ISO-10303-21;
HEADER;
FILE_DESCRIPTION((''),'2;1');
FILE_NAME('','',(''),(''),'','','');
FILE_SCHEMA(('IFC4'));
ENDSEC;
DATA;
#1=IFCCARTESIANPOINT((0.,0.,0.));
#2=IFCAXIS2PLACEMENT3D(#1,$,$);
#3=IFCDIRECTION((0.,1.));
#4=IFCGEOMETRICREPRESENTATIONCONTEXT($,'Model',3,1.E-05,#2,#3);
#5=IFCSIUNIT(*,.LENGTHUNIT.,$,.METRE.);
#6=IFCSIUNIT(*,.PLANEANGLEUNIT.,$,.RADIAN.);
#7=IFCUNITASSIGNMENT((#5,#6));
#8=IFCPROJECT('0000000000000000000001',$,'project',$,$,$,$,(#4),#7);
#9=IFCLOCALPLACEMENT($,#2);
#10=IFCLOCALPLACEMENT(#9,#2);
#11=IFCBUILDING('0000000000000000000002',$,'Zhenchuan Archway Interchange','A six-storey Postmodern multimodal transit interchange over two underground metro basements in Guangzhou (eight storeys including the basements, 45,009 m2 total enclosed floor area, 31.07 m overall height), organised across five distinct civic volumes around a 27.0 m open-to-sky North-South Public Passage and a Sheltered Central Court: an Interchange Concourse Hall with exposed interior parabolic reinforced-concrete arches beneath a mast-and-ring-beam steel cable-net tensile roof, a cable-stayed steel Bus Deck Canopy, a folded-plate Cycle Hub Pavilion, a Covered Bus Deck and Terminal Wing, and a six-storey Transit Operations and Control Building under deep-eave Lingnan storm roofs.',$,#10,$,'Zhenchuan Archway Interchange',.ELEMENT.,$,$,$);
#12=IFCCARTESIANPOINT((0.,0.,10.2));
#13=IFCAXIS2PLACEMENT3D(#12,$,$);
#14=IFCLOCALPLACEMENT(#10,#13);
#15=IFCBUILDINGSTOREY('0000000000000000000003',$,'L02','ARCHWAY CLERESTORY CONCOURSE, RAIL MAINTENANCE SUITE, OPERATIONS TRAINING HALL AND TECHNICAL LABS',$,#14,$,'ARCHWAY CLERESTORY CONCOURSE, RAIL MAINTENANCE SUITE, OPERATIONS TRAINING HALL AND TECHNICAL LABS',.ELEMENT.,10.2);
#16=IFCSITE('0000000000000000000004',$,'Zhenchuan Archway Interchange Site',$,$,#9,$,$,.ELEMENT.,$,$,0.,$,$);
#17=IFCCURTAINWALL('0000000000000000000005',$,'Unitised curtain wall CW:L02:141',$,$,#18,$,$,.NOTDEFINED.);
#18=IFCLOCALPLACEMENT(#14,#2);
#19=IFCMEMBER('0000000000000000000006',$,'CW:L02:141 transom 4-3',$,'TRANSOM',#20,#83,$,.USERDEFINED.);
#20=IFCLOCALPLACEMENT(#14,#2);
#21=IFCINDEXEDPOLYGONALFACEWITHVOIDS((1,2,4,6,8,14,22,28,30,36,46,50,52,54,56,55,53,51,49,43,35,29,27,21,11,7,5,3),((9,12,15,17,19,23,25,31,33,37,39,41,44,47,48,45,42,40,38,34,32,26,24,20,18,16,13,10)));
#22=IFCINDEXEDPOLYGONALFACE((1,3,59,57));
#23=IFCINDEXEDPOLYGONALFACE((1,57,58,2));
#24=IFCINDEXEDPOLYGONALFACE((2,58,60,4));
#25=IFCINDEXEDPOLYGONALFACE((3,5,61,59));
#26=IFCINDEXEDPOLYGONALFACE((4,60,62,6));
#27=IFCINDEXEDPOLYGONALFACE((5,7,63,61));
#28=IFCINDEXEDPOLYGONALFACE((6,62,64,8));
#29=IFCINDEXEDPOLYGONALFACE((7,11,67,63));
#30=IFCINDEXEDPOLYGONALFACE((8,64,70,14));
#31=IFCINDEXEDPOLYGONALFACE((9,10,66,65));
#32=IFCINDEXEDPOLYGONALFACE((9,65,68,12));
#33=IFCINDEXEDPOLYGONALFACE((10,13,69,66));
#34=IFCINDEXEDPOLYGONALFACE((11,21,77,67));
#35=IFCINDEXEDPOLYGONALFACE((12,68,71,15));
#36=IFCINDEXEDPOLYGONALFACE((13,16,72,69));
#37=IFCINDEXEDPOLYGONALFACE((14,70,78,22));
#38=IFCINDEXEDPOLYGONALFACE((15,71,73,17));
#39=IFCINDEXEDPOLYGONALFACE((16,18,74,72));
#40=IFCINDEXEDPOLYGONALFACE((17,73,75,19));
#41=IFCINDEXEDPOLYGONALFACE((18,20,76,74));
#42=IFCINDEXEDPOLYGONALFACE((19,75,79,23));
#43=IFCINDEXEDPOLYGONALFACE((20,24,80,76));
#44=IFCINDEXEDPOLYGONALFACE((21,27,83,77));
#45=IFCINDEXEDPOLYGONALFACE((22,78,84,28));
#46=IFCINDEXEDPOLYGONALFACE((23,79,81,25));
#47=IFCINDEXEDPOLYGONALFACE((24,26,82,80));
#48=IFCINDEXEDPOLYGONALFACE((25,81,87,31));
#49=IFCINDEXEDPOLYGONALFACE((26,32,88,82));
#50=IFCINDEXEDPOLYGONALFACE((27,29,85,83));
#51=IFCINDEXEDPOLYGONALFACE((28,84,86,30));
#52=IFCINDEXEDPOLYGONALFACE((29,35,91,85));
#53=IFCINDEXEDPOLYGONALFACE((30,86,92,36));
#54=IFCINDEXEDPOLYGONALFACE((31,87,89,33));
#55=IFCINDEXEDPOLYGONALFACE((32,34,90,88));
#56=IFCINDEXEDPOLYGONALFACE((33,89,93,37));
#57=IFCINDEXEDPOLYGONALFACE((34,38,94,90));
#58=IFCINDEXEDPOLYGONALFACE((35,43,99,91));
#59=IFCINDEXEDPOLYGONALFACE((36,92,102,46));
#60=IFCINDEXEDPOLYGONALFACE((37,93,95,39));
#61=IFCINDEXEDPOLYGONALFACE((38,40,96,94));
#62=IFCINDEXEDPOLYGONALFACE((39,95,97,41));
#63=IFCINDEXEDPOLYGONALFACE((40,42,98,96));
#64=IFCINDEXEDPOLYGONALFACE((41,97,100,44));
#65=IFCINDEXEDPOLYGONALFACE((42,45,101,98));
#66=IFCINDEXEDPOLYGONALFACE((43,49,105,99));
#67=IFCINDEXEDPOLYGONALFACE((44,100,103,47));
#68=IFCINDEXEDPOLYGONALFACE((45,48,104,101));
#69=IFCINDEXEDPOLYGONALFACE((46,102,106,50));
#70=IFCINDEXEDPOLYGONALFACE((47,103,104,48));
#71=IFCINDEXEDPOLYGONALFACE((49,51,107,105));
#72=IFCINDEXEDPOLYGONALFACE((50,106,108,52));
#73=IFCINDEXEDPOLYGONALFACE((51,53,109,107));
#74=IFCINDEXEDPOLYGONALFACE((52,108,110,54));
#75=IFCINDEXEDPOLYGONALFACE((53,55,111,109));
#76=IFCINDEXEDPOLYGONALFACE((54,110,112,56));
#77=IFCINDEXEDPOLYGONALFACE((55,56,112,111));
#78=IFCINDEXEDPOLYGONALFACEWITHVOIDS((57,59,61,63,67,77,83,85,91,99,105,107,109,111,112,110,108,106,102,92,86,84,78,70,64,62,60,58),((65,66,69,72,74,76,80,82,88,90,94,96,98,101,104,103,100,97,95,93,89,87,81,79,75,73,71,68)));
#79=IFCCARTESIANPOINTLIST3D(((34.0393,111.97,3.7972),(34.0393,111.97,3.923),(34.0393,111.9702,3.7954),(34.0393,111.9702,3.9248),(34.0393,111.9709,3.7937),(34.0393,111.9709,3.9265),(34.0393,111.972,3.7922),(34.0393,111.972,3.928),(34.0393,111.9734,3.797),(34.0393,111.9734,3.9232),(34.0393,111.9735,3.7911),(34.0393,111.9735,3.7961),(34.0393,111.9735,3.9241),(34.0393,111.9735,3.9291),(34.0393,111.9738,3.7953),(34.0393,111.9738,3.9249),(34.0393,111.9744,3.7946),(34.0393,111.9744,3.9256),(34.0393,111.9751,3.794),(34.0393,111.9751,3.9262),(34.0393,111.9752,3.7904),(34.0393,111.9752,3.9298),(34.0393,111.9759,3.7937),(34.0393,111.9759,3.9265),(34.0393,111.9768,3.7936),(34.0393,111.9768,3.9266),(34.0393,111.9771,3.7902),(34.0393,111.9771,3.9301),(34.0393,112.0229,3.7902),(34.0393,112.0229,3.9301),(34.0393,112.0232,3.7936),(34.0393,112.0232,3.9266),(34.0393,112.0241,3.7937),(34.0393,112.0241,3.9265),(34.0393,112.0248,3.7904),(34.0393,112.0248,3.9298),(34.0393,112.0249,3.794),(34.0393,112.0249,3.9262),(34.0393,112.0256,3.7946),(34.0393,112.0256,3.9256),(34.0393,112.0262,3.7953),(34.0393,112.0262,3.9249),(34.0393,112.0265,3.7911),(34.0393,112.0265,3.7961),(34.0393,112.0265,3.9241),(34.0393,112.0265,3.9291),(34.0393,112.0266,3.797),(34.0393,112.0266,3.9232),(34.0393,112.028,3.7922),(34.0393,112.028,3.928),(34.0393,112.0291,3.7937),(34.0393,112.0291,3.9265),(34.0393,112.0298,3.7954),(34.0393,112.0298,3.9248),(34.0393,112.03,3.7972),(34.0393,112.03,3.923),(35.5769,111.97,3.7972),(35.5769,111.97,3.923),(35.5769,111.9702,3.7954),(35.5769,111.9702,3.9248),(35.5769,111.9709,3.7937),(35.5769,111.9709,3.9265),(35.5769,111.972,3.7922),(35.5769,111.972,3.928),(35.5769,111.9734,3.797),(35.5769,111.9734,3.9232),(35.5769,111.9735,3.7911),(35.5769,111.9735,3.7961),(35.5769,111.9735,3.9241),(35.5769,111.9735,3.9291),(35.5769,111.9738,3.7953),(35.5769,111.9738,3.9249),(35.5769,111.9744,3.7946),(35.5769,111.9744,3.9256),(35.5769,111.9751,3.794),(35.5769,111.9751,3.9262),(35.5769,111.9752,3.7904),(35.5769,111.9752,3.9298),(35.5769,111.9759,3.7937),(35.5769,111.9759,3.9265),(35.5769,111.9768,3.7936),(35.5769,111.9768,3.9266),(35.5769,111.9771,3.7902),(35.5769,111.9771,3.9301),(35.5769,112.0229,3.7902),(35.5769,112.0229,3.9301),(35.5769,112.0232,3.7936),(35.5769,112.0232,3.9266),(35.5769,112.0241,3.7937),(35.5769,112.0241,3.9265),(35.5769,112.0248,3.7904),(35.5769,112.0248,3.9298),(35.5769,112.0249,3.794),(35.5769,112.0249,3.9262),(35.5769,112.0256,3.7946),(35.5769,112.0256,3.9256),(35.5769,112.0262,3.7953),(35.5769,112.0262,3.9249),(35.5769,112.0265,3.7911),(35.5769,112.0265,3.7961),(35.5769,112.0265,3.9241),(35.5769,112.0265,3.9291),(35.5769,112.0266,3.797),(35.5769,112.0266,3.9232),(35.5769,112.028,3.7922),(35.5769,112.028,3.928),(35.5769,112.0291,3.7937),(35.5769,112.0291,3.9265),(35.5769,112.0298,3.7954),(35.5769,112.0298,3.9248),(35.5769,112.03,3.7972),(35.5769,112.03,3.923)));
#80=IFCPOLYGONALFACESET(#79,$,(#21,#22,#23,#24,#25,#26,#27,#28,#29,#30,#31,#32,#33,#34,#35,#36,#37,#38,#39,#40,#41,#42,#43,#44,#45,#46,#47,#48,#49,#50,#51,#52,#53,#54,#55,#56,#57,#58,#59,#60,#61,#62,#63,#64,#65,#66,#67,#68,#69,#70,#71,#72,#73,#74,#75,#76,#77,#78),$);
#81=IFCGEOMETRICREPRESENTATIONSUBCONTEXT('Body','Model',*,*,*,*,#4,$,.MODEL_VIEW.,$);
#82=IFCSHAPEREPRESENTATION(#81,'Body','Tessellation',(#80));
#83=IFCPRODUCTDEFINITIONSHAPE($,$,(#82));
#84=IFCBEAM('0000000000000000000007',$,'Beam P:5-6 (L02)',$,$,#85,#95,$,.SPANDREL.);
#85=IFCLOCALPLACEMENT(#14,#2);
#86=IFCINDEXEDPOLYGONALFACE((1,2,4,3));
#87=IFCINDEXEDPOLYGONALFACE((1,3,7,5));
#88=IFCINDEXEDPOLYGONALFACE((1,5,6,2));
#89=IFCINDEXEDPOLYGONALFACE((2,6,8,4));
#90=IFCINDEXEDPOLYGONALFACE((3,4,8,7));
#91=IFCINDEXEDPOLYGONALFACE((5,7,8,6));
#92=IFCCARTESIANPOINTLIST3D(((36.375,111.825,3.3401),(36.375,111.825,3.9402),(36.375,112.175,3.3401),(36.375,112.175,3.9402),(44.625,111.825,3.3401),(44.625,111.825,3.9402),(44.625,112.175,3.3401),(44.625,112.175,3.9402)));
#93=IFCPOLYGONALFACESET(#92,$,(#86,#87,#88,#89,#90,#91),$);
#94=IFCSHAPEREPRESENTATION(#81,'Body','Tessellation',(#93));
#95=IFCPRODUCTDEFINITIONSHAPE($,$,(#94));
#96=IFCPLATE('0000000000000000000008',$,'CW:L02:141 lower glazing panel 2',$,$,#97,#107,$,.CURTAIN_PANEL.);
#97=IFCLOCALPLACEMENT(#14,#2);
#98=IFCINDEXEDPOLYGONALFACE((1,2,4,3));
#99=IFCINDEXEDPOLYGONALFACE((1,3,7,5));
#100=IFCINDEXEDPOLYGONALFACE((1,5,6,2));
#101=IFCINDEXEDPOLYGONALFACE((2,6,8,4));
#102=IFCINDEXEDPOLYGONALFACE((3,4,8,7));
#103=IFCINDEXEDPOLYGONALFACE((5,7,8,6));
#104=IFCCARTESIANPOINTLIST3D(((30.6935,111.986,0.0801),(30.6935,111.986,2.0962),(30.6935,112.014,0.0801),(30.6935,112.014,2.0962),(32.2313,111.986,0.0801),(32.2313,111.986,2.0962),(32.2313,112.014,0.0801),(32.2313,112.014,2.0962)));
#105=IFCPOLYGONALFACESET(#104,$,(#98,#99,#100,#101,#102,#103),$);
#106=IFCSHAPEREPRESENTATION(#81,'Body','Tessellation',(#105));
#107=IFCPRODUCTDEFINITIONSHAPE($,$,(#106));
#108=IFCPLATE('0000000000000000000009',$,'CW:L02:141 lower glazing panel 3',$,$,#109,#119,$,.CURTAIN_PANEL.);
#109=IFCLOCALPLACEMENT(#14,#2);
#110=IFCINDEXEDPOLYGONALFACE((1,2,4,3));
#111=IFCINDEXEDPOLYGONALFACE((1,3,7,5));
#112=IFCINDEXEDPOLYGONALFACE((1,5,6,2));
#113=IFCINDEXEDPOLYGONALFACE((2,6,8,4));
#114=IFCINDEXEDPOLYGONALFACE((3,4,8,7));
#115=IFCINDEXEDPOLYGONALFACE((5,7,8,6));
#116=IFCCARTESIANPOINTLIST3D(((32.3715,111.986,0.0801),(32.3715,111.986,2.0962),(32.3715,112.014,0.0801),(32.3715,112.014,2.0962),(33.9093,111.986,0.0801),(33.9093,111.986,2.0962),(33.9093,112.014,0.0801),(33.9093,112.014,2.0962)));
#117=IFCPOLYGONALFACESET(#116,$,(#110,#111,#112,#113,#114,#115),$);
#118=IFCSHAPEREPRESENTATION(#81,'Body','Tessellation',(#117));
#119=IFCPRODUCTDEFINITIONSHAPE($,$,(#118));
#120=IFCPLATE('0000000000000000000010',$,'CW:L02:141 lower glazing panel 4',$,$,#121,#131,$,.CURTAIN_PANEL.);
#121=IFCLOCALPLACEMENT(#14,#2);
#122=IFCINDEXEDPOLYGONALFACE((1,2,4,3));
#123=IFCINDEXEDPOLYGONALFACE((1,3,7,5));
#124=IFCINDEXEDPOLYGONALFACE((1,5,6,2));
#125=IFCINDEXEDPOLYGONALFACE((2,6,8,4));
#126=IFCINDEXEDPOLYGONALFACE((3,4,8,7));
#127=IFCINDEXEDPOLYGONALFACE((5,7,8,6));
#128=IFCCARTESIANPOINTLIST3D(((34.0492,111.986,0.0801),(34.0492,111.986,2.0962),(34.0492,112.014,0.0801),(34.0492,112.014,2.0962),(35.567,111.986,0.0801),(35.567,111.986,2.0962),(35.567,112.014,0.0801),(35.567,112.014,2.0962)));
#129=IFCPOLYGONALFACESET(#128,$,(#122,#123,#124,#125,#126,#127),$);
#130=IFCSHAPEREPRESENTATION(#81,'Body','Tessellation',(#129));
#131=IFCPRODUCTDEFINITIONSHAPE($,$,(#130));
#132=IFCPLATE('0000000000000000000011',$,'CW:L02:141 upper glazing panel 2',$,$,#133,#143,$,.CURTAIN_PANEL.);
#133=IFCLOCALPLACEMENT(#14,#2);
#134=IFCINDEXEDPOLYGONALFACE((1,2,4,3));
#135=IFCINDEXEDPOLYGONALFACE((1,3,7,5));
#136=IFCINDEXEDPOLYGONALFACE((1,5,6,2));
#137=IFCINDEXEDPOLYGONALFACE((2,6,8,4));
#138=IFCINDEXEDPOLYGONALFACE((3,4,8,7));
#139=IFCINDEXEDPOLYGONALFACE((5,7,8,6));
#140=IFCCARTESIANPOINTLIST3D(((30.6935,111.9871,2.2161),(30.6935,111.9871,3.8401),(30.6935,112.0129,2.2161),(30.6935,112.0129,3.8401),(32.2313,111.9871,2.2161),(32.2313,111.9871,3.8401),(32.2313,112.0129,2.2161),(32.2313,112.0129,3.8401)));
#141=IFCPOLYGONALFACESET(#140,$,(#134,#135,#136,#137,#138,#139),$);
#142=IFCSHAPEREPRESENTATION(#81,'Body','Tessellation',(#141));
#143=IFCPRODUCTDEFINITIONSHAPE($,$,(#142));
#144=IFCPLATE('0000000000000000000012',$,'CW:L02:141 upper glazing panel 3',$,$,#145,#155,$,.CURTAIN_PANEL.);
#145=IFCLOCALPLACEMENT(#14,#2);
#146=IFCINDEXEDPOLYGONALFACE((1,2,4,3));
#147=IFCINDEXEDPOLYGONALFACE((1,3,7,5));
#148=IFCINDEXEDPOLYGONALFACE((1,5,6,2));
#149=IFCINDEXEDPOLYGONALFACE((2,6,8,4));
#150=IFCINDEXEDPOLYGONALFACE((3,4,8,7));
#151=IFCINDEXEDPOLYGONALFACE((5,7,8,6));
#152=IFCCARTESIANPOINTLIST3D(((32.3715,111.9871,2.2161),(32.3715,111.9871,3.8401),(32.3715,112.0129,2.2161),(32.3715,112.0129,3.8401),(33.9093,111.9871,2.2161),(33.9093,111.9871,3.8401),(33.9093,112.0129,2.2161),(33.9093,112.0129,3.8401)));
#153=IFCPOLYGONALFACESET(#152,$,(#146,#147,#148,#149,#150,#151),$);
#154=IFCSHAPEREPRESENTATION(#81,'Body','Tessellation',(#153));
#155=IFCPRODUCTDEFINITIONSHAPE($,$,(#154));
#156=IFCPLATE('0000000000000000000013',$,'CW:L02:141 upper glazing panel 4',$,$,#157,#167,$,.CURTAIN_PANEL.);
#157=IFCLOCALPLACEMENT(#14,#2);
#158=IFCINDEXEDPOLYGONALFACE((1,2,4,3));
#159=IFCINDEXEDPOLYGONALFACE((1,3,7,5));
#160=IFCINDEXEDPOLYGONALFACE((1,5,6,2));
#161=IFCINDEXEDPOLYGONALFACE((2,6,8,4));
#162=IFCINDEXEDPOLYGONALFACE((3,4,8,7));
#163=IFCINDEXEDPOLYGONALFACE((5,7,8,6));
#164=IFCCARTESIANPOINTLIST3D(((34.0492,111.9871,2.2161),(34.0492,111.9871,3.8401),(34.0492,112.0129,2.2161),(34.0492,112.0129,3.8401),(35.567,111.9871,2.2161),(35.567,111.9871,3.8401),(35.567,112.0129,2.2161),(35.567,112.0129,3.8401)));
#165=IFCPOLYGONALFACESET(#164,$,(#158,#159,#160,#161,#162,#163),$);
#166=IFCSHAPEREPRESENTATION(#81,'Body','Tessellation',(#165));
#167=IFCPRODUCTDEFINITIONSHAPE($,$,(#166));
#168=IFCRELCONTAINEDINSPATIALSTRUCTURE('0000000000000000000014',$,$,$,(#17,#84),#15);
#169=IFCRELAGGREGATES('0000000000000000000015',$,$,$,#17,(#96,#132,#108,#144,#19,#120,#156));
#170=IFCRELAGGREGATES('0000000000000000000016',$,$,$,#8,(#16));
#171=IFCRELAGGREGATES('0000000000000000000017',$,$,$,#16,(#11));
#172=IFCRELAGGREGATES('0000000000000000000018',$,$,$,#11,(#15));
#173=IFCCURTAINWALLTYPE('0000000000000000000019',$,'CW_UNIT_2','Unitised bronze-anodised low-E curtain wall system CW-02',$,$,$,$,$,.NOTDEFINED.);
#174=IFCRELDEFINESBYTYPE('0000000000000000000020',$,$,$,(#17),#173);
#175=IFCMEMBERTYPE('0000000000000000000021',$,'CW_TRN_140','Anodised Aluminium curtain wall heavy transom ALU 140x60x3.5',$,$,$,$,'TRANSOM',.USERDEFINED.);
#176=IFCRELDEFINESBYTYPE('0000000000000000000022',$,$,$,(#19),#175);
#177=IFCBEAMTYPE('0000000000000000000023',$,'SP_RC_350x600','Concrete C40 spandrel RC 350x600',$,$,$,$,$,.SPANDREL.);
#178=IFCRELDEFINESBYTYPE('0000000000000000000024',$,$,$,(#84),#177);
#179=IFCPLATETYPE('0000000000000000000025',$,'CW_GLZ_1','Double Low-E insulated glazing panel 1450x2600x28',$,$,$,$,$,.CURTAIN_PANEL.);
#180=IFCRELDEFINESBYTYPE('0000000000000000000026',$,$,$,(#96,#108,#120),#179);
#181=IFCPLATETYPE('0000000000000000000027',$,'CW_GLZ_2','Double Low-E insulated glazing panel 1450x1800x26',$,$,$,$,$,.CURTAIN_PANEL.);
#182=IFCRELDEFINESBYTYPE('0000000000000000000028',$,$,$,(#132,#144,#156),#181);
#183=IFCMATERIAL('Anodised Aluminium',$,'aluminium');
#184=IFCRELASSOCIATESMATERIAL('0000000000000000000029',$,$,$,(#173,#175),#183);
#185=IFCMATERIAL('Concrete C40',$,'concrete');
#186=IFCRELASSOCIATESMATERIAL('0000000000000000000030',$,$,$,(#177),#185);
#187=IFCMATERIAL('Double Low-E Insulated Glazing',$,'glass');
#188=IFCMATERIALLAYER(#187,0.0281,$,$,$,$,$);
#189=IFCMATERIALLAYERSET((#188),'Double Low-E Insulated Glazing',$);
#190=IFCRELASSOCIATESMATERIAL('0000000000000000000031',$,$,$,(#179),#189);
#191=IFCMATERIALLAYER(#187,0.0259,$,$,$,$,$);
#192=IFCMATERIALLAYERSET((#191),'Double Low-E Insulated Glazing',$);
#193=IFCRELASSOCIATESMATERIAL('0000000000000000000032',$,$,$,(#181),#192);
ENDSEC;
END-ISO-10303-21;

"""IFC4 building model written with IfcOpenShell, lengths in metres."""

from ifc_helpers import new_model, si_unit, direction, frame, origin, origin_2d, place, context, subcontext, project, spatial, rectangle, hollow_rectangle, extrude, material, layer, layer_set, material_profile, profile_set, type_object, element, aggregate, save


model = new_model("IFC4")

# Units and contexts
model_context = context("Model", 3, precision=1e-05, world=origin(), true_north=direction((0.0, 1.0)))
body_context = subcontext(model_context, "Body", "Model", "MODEL_VIEW")
ifc_project = project(units=[si_unit("LENGTHUNIT", "METRE"), si_unit("PLANEANGLEUNIT", "RADIAN")], contexts=[model_context])

# Site, building, storey
site_placement = place(None, origin())
site = spatial("IfcSite", under=ifc_project, at=site_placement, Name="Zhenchuan Archway Interchange Site", CompositionType="ELEMENT", RefElevation=0.0)
building_placement = place(site_placement, origin())
building = spatial("IfcBuilding", under=site, at=building_placement, Name="Zhenchuan Archway Interchange", Description="A six-storey Postmodern multimodal transit interchange over two underground metro basements in Guangzhou (eight storeys including the basements, 45,009 m2 total enclosed floor area, 31.07 m overall height), organised across five distinct civic volumes around a 27.0 m open-to-sky North-South Public Passage and a Sheltered Central Court: an Interchange Concourse Hall with exposed interior parabolic reinforced-concrete arches beneath a mast-and-ring-beam steel cable-net tensile roof, a cable-stayed steel Bus Deck Canopy, a folded-plate Cycle Hub Pavilion, a Covered Bus Deck and Terminal Wing, and a six-storey Transit Operations and Control Building under deep-eave Lingnan storm roofs.", LongName="Zhenchuan Archway Interchange", CompositionType="ELEMENT")
storey_placement = place(building_placement, frame((0.0, 0.0, 10.2)))
storey = spatial("IfcBuildingStorey", under=building, at=storey_placement, Name="L02", Description="ARCHWAY CLERESTORY CONCOURSE, RAIL MAINTENANCE SUITE, OPERATIONS TRAINING HALL AND TECHNICAL LABS", LongName="ARCHWAY CLERESTORY CONCOURSE, RAIL MAINTENANCE SUITE, OPERATIONS TRAINING HALL AND TECHNICAL LABS", CompositionType="ELEMENT", Elevation=10.2)

# Shared definitions
ifc_material_1 = material(Name="Concrete C40", Category="concrete")

# Curtain wall, member
ifc_material_2 = material(Name="Anodised Aluminium", Category="aluminium")
curtain_wall_type = type_object("IfcCurtainWallType", Name="CW_UNIT_2", Description="Unitised bronze-anodised low-E curtain wall system CW-02", PredefinedType="NOTDEFINED", material=ifc_material_2)
curtain_wall_placement = place(storey_placement, origin())
curtain_wall = element("IfcCurtainWall", 1, at=curtain_wall_placement, inside=storey, type_object=curtain_wall_type, Name="Unitised curtain wall CW:L02:141", PredefinedType="NOTDEFINED")
ifc_material_profile_1 = material_profile(ifc_material_2, hollow_rectangle(XDim=0.0601, YDim=0.1399, WallThickness=0.0034, InnerFilletRadius=0.0034, OuterFilletRadius=0.0071, at=origin_2d()), Name="ALU 140x60x3.5")
ifc_profile_set_1 = profile_set([ifc_material_profile_1], Name="Anodised Aluminium")
member_type_1 = type_object("IfcMemberType", Name="CW_TRN_140", Description="Anodised Aluminium curtain wall heavy transom ALU 140x60x3.5", ElementType="TRANSOM", PredefinedType="USERDEFINED", material=ifc_profile_set_1)
member_1_placement = place(storey_placement, frame((34.0393, 112.0, 3.8601), z_axis=(1.0, 0.0, 0.0), x_axis=(0.0, 1.0, 0.0)))
member_1 = element("IfcMember", 2, at=member_1_placement, type_object=member_type_1, Name="CW:L02:141 transom 4-3", ObjectType="TRANSOM", PredefinedType="USERDEFINED", context=body_context, shape_type="SweptSolid", body=[
    extrude(hollow_rectangle(XDim=0.0601, YDim=0.1399, WallThickness=0.0034, InnerFilletRadius=0.0034, OuterFilletRadius=0.0071, at=origin_2d()), origin(), (0.0, 0.0, 1.0), 1.5376),
])

# Beam
ifc_material_profile_2 = material_profile(ifc_material_1, rectangle(XDim=0.3501, YDim=0.6001, at=origin_2d()), Name="RC 350x600")
ifc_profile_set_2 = profile_set([ifc_material_profile_2], Name="Concrete C40")
beam_type = type_object("IfcBeamType", Name="SP_RC_350x600", Description="Concrete C40 spandrel RC 350x600", PredefinedType="SPANDREL", material=ifc_profile_set_2)
beam_placement = place(storey_placement, frame((36.375, 112.0, 3.6401), z_axis=(1.0, 0.0, 0.0), x_axis=(0.0, 1.0, 0.0)))
element("IfcBeam", 3, at=beam_placement, inside=storey, type_object=beam_type, Name="Beam P:5-6 (L02)", PredefinedType="SPANDREL", context=body_context, shape_type="SweptSolid", body=[
    extrude(rectangle(XDim=0.3501, YDim=0.6001, at=origin_2d()), origin(), (0.0, 0.0, 1.0), 8.25),
])

# Plates
ifc_material_3 = material(Name="Double Low-E Insulated Glazing", Category="glass")
ifc_layer_1 = layer(ifc_material_3, 0.0281)
ifc_layer_set_1 = layer_set([ifc_layer_1], Name="Double Low-E Insulated Glazing")
plate_type_1 = type_object("IfcPlateType", Name="CW_GLZ_1", Description="Double Low-E insulated glazing panel 1450x2600x28", PredefinedType="CURTAIN_PANEL", material=ifc_layer_set_1)
plate_1_placement = place(storey_placement, frame((31.4624, 112.0, 0.0801), z_axis=(0.0, 0.0, 1.0), x_axis=(1.0, 0.0, 0.0)))
plate_1 = element("IfcPlate", 4, at=plate_1_placement, type_object=plate_type_1, Name="CW:L02:141 lower glazing panel 2", PredefinedType="CURTAIN_PANEL", context=body_context, shape_type="SweptSolid", body=[
    extrude(rectangle(XDim=1.5378, YDim=0.0281, at=origin_2d()), origin(), (0.0, 0.0, 1.0), 2.0161),
])
plate_2_placement = place(storey_placement, frame((33.1404, 112.0, 0.0801), z_axis=(0.0, 0.0, 1.0), x_axis=(1.0, 0.0, 0.0)))
plate_2 = element("IfcPlate", 5, at=plate_2_placement, type_object=plate_type_1, Name="CW:L02:141 lower glazing panel 3", PredefinedType="CURTAIN_PANEL", context=body_context, shape_type="SweptSolid", body=[
    extrude(rectangle(XDim=1.5378, YDim=0.0281, at=origin_2d()), origin(), (0.0, 0.0, 1.0), 2.0161),
])
plate_3_placement = place(storey_placement, frame((34.8081, 112.0, 0.0801), z_axis=(0.0, 0.0, 1.0), x_axis=(1.0, 0.0, 0.0)))
plate_3 = element("IfcPlate", 6, at=plate_3_placement, type_object=plate_type_1, Name="CW:L02:141 lower glazing panel 4", PredefinedType="CURTAIN_PANEL", context=body_context, shape_type="SweptSolid", body=[
    extrude(rectangle(XDim=1.5178, YDim=0.0281, at=origin_2d()), origin(), (0.0, 0.0, 1.0), 2.0161),
])
ifc_layer_2 = layer(ifc_material_3, 0.0259)
ifc_layer_set_2 = layer_set([ifc_layer_2], Name="Double Low-E Insulated Glazing")
plate_type_2 = type_object("IfcPlateType", Name="CW_GLZ_2", Description="Double Low-E insulated glazing panel 1450x1800x26", PredefinedType="CURTAIN_PANEL", material=ifc_layer_set_2)
plate_4_placement = place(storey_placement, frame((31.4624, 112.0, 2.2161), z_axis=(0.0, 0.0, 1.0), x_axis=(1.0, 0.0, 0.0)))
plate_4 = element("IfcPlate", 7, at=plate_4_placement, type_object=plate_type_2, Name="CW:L02:141 upper glazing panel 2", PredefinedType="CURTAIN_PANEL", context=body_context, shape_type="SweptSolid", body=[
    extrude(rectangle(XDim=1.5378, YDim=0.0259, at=origin_2d()), origin(), (0.0, 0.0, 1.0), 1.624),
])
plate_5_placement = place(storey_placement, frame((33.1404, 112.0, 2.2161), z_axis=(0.0, 0.0, 1.0), x_axis=(1.0, 0.0, 0.0)))
plate_5 = element("IfcPlate", 8, at=plate_5_placement, type_object=plate_type_2, Name="CW:L02:141 upper glazing panel 3", PredefinedType="CURTAIN_PANEL", context=body_context, shape_type="SweptSolid", body=[
    extrude(rectangle(XDim=1.5378, YDim=0.0259, at=origin_2d()), origin(), (0.0, 0.0, 1.0), 1.624),
])
plate_6_placement = place(storey_placement, frame((34.8081, 112.0, 2.2161), z_axis=(0.0, 0.0, 1.0), x_axis=(1.0, 0.0, 0.0)))
plate_6 = element("IfcPlate", 9, at=plate_6_placement, type_object=plate_type_2, Name="CW:L02:141 upper glazing panel 4", PredefinedType="CURTAIN_PANEL", context=body_context, shape_type="SweptSolid", body=[
    extrude(rectangle(XDim=1.5178, YDim=0.0259, at=origin_2d()), origin(), (0.0, 0.0, 1.0), 1.624),
])
aggregate(curtain_wall, [plate_1, plate_4, plate_2, plate_5, member_1, plate_3, plate_6])

save(model, "model.ifc")
